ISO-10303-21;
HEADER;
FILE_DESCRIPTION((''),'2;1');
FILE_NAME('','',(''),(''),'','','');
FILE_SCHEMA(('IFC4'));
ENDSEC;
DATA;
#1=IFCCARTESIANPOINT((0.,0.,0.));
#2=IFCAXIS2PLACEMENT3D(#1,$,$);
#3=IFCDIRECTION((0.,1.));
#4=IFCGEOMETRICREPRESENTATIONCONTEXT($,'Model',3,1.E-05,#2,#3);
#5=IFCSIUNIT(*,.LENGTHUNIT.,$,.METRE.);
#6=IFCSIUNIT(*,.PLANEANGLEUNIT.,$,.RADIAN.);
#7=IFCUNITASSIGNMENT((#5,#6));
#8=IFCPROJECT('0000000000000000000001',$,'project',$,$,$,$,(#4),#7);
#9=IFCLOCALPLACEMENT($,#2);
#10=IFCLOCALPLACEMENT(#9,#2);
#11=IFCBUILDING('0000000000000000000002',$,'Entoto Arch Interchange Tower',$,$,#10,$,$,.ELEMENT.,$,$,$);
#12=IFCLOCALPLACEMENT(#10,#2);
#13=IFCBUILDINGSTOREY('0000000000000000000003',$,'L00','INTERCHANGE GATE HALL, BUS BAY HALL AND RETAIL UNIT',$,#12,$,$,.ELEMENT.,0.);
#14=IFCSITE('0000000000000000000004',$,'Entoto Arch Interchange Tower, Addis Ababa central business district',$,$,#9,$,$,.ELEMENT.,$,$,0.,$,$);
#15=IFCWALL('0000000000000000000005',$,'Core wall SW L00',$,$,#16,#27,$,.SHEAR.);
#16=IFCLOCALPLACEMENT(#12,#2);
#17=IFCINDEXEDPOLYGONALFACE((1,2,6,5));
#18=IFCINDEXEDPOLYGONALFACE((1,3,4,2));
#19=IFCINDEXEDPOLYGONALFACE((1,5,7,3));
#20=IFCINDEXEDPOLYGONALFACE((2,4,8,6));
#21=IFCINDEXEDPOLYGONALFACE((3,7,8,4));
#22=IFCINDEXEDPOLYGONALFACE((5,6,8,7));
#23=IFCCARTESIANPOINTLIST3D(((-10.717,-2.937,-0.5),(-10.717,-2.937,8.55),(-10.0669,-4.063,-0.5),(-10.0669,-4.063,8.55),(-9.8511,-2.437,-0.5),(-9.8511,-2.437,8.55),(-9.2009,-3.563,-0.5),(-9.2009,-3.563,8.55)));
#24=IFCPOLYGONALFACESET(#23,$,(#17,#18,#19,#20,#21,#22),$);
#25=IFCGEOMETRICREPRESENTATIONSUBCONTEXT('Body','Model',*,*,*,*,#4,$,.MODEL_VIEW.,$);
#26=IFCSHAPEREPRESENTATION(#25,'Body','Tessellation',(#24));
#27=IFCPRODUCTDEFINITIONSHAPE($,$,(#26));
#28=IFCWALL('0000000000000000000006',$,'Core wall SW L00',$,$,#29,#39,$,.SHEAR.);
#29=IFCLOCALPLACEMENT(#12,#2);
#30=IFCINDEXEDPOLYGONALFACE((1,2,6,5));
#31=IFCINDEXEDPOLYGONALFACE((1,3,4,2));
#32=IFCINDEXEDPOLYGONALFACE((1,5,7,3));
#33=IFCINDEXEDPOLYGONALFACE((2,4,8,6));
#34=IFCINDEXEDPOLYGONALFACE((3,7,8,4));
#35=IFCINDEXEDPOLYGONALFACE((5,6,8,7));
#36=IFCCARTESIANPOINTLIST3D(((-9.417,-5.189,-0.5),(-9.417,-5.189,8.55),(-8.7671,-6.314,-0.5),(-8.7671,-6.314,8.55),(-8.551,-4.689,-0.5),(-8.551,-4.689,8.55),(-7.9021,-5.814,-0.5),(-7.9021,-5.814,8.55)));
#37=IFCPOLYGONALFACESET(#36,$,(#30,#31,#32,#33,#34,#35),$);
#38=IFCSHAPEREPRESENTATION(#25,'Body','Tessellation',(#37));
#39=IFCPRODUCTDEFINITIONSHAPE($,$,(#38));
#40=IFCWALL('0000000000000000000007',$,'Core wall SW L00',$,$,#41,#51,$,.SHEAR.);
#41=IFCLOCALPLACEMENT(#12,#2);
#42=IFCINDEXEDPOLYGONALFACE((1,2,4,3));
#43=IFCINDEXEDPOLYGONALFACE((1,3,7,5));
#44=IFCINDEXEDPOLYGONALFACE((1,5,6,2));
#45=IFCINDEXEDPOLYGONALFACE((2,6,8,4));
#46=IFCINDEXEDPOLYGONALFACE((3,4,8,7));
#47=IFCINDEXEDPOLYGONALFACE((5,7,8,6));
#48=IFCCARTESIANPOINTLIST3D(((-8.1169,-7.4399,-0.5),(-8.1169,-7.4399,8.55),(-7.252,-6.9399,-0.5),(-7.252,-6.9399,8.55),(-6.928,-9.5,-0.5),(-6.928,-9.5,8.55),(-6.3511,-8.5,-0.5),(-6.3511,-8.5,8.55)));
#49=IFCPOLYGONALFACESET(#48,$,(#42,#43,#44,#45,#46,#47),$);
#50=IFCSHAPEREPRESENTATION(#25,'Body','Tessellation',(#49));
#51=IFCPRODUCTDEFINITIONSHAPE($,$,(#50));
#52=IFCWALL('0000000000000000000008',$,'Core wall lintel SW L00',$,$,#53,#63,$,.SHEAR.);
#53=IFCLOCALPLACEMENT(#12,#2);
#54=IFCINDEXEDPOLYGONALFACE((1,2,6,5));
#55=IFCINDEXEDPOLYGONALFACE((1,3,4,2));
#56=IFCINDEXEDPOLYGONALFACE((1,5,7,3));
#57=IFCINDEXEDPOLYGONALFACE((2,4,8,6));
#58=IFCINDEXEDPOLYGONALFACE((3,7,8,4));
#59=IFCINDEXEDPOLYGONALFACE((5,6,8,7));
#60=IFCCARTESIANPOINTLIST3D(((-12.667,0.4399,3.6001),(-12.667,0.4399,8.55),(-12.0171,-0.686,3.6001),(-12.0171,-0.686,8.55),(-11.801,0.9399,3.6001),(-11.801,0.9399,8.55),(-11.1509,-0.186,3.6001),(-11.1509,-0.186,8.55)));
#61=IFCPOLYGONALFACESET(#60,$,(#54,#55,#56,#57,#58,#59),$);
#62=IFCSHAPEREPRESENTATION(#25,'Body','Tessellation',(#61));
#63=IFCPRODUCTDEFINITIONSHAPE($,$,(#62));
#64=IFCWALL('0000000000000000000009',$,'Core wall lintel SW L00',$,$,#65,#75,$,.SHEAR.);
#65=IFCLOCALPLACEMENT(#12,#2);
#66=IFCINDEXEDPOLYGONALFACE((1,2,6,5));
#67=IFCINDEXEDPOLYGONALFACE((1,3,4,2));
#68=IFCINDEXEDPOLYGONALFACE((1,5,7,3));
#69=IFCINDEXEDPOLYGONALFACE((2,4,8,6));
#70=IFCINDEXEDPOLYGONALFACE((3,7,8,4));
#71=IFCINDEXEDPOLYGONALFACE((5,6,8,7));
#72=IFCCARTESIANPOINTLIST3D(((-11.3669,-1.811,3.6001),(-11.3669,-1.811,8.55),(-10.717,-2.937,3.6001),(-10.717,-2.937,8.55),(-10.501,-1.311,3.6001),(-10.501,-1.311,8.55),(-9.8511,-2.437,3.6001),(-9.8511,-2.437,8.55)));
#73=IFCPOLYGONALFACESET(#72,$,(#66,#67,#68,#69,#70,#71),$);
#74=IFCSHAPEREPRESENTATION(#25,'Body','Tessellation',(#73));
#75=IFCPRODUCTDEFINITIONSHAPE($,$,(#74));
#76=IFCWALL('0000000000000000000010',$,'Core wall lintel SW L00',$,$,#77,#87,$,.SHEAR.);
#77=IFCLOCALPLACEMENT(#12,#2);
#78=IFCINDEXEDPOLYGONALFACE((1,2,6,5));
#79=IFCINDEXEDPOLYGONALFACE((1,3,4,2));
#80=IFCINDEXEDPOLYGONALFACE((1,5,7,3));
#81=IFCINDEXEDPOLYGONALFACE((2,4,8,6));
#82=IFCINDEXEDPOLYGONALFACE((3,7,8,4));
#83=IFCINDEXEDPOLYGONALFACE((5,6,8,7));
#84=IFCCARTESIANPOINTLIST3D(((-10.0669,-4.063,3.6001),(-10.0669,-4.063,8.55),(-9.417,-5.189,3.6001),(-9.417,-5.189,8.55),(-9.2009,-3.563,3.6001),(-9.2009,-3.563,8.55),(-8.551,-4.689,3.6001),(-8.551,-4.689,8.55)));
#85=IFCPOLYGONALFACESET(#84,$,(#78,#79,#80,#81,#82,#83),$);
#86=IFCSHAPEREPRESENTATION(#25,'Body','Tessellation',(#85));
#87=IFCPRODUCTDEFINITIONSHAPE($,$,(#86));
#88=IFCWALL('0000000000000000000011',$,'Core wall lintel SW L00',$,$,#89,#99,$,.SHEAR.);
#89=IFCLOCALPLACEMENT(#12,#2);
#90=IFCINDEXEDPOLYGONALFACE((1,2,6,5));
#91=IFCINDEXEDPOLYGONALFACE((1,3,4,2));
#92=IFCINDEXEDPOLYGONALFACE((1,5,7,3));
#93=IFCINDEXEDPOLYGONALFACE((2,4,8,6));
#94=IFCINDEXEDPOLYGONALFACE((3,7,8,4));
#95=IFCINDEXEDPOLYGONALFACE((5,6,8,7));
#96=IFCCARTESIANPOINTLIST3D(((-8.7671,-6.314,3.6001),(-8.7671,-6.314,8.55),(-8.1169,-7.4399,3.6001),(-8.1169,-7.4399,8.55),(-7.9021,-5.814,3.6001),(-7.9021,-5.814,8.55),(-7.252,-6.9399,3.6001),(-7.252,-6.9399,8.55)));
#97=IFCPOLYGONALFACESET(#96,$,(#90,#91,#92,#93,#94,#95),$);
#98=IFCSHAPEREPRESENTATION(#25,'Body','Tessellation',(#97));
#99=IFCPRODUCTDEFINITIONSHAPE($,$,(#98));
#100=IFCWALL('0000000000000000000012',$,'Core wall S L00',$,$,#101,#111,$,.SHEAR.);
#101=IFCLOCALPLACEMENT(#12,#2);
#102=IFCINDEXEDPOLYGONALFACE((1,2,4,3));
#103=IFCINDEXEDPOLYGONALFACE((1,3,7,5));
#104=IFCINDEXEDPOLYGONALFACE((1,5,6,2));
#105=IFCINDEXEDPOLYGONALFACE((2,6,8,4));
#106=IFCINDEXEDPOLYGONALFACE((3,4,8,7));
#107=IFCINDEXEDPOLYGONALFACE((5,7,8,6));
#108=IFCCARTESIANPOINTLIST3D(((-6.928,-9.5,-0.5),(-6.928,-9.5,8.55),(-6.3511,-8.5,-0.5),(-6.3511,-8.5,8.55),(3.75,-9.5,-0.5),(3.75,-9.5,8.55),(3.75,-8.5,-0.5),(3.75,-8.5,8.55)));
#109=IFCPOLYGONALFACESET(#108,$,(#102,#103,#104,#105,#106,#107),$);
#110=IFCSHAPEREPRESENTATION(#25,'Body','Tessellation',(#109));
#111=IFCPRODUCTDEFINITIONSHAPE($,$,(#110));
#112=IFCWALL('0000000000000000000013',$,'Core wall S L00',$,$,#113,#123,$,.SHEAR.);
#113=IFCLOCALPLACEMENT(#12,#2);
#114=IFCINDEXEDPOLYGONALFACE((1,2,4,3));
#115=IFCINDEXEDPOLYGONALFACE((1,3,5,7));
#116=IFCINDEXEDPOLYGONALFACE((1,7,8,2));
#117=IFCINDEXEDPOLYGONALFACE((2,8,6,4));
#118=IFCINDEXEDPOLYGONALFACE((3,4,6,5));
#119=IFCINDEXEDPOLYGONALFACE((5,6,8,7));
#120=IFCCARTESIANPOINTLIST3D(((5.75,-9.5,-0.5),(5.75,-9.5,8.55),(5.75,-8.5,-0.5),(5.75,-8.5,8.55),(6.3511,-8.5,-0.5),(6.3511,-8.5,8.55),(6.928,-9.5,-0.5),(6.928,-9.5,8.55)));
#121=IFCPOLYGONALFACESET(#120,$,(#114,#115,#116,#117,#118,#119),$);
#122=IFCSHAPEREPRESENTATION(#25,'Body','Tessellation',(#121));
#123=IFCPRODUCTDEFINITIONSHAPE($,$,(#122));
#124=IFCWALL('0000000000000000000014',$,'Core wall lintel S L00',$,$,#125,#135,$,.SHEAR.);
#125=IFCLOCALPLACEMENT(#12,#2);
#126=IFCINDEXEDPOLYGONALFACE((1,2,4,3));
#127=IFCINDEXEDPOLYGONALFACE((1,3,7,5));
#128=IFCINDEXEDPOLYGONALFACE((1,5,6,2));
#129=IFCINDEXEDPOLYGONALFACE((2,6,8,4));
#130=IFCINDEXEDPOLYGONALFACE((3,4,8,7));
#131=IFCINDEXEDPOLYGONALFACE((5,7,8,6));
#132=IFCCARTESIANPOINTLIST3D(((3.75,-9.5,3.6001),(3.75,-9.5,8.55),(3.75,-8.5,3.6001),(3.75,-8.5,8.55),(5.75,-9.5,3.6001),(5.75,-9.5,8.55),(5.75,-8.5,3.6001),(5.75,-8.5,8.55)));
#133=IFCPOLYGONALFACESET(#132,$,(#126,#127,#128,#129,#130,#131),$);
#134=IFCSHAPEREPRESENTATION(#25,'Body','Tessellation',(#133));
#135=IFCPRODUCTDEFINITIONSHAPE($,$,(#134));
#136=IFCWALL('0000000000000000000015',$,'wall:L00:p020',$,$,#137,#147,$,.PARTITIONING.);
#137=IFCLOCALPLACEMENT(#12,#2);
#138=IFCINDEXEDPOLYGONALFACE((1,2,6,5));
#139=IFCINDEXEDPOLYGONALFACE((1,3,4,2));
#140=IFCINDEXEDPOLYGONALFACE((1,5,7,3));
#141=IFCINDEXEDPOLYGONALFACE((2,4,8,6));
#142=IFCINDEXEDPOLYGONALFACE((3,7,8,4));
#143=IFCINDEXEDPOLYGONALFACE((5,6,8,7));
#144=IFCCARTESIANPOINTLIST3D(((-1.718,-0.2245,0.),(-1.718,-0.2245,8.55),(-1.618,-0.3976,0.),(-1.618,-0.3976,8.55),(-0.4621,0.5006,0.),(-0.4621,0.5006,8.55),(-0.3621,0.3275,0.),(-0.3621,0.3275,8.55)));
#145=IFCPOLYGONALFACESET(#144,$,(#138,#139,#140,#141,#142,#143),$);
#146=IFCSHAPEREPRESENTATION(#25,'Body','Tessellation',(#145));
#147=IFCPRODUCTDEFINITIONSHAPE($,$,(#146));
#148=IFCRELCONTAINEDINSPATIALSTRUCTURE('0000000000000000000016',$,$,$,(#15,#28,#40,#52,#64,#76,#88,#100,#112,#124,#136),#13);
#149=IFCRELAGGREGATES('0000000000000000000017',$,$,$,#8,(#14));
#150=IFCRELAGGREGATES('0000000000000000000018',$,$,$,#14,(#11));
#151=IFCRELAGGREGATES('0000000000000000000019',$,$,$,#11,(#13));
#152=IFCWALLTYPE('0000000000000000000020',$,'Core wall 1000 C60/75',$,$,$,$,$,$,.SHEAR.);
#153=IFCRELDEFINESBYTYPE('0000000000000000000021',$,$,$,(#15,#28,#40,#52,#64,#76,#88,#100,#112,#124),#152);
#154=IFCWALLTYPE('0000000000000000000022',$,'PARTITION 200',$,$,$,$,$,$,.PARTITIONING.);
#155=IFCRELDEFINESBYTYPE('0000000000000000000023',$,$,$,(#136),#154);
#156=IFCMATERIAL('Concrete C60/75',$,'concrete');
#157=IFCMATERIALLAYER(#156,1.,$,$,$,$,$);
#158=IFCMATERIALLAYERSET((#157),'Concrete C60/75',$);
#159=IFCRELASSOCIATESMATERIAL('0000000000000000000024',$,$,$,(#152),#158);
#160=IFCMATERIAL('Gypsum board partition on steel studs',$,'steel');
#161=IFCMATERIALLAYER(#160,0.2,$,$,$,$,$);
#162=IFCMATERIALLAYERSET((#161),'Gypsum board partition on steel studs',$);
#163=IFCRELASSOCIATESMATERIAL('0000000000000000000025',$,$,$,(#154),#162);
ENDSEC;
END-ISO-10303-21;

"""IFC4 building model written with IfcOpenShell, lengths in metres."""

from ifc_helpers import new_model, si_unit, direction, frame, frame_2d, origin, place, context, subcontext, project, spatial, polyline, rectangle, outline, extrude, material, layer, layer_set, type_object, element, save


model = new_model("IFC4")

# Units and contexts
model_context = context("Model", 3, precision=1e-05, world=origin(), true_north=direction((0.0, 1.0)))
body_context = subcontext(model_context, "Body", "Model", "MODEL_VIEW")
ifc_project = project(units=[si_unit("LENGTHUNIT", "METRE"), si_unit("PLANEANGLEUNIT", "RADIAN")], contexts=[model_context])

# Site, building, storey
site_placement = place(None, origin())
site = spatial("IfcSite", under=ifc_project, at=site_placement, Name="Entoto Arch Interchange Tower, Addis Ababa central business district", CompositionType="ELEMENT", RefElevation=0.0)
building_placement = place(site_placement, origin())
building = spatial("IfcBuilding", under=site, at=building_placement, Name="Entoto Arch Interchange Tower", CompositionType="ELEMENT")
storey_placement = place(building_placement, origin())
storey = spatial("IfcBuildingStorey", under=building, at=storey_placement, Name="L00", Description="INTERCHANGE GATE HALL, BUS BAY HALL AND RETAIL UNIT", CompositionType="ELEMENT", Elevation=0.0)

# Walls
ifc_material_1 = material(Name="Concrete C60/75", Category="concrete")
ifc_layer_1 = layer(ifc_material_1, 1.0)
ifc_layer_set_1 = layer_set([ifc_layer_1], Name="Concrete C60/75")
wall_type_1 = type_object("IfcWallType", Name="Core wall 1000 C60/75", PredefinedType="SHEAR", material=ifc_layer_set_1)
wall_1_placement = place(storey_placement, frame((0.0, 0.0, -0.5)))
element("IfcWall", 1, at=wall_1_placement, inside=storey, type_object=wall_type_1, Name="Core wall SW L00", PredefinedType="SHEAR", context=body_context, shape_type="SweptSolid", body=[
    extrude(outline(polyline([(-10.0669, -4.063), (-9.2009, -3.563), (-9.8511, -2.437), (-10.717, -2.937), (-10.0669, -4.063)])), origin(), (0.0, 0.0, 1.0), 9.05),
])
wall_2_placement = place(storey_placement, frame((0.0, 0.0, -0.5)))
element("IfcWall", 2, at=wall_2_placement, inside=storey, type_object=wall_type_1, Name="Core wall SW L00", PredefinedType="SHEAR", context=body_context, shape_type="SweptSolid", body=[
    extrude(outline(polyline([(-8.7671, -6.314), (-7.9021, -5.814), (-8.551, -4.689), (-9.417, -5.189), (-8.7671, -6.314)])), origin(), (0.0, 0.0, 1.0), 9.05),
])
wall_3_placement = place(storey_placement, frame((0.0, 0.0, -0.5)))
element("IfcWall", 3, at=wall_3_placement, inside=storey, type_object=wall_type_1, Name="Core wall SW L00", PredefinedType="SHEAR", context=body_context, shape_type="SweptSolid", body=[
    extrude(outline(polyline([(-7.252, -6.9399), (-8.1169, -7.4399), (-6.928, -9.5), (-6.3511, -8.5), (-7.252, -6.9399)])), origin(), (0.0, 0.0, 1.0), 9.05),
])
wall_4_placement = place(storey_placement, frame((0.0, 0.0, 3.6001)))
element("IfcWall", 4, at=wall_4_placement, inside=storey, type_object=wall_type_1, Name="Core wall lintel SW L00", PredefinedType="SHEAR", context=body_context, shape_type="SweptSolid", body=[
    extrude(outline(polyline([(-12.0171, -0.686), (-11.1509, -0.186), (-11.801, 0.9399), (-12.667, 0.4399), (-12.0171, -0.686)])), origin(), (0.0, 0.0, 1.0), 4.95),
])
wall_5_placement = place(storey_placement, frame((0.0, 0.0, 3.6001)))
element("IfcWall", 5, at=wall_5_placement, inside=storey, type_object=wall_type_1, Name="Core wall lintel SW L00", PredefinedType="SHEAR", context=body_context, shape_type="SweptSolid", body=[
    extrude(outline(polyline([(-10.717, -2.937), (-9.8511, -2.437), (-10.501, -1.311), (-11.3669, -1.811), (-10.717, -2.937)])), origin(), (0.0, 0.0, 1.0), 4.95),
])
wall_6_placement = place(storey_placement, frame((0.0, 0.0, 3.6001)))
element("IfcWall", 6, at=wall_6_placement, inside=storey, type_object=wall_type_1, Name="Core wall lintel SW L00", PredefinedType="SHEAR", context=body_context, shape_type="SweptSolid", body=[
    extrude(outline(polyline([(-9.417, -5.189), (-8.551, -4.689), (-9.2009, -3.563), (-10.0669, -4.063), (-9.417, -5.189)])), origin(), (0.0, 0.0, 1.0), 4.95),
])
wall_7_placement = place(storey_placement, frame((0.0, 0.0, 3.6001)))
element("IfcWall", 7, at=wall_7_placement, inside=storey, type_object=wall_type_1, Name="Core wall lintel SW L00", PredefinedType="SHEAR", context=body_context, shape_type="SweptSolid", body=[
    extrude(outline(polyline([(-8.1169, -7.4399), (-7.252, -6.9399), (-7.9021, -5.814), (-8.7671, -6.314), (-8.1169, -7.4399)])), origin(), (0.0, 0.0, 1.0), 4.95),
])
wall_8_placement = place(storey_placement, frame((0.0, 0.0, -0.5)))
element("IfcWall", 8, at=wall_8_placement, inside=storey, type_object=wall_type_1, Name="Core wall S L00", PredefinedType="SHEAR", context=body_context, shape_type="SweptSolid", body=[
    extrude(outline(polyline([(3.75, -9.5), (3.75, -8.5), (-6.3511, -8.5), (-6.928, -9.5), (3.75, -9.5)])), origin(), (0.0, 0.0, 1.0), 9.05),
])
wall_9_placement = place(storey_placement, frame((0.0, 0.0, -0.5)))
element("IfcWall", 9, at=wall_9_placement, inside=storey, type_object=wall_type_1, Name="Core wall S L00", PredefinedType="SHEAR", context=body_context, shape_type="SweptSolid", body=[
    extrude(outline(polyline([(5.75, -8.5), (5.75, -9.5), (6.928, -9.5), (6.3511, -8.5), (5.75, -8.5)])), origin(), (0.0, 0.0, 1.0), 9.05),
])
wall_10_placement = place(storey_placement, frame((0.0, 0.0, 3.6001)))
element("IfcWall", 10, at=wall_10_placement, inside=storey, type_object=wall_type_1, Name="Core wall lintel S L00", PredefinedType="SHEAR", context=body_context, shape_type="SweptSolid", body=[
    extrude(outline(polyline([(5.75, -9.5), (5.75, -8.5), (3.75, -8.5), (3.75, -9.5), (5.75, -9.5)])), origin(), (0.0, 0.0, 1.0), 4.95),
])
ifc_material_2 = material(Name="Gypsum board partition on steel studs", Category="steel")
ifc_layer_2 = layer(ifc_material_2, 0.2)
ifc_layer_set_2 = layer_set([ifc_layer_2], Name="Gypsum board partition on steel studs")
wall_type_2 = type_object("IfcWallType", Name="PARTITION 200", PredefinedType="PARTITIONING", material=ifc_layer_set_2)
wall_11_placement = place(storey_placement, frame((-0.4121, 0.4141, 0.0), z_axis=(0.0, 0.0, 1.0), x_axis=(-0.866017, -0.500014, 0.0)))
element("IfcWall", 11, at=wall_11_placement, inside=storey, type_object=wall_type_2, Name="wall:L00:p020", PredefinedType="PARTITIONING", context=body_context, shape_type="SweptSolid", body=[
    extrude(rectangle(XDim=1.4502, YDim=0.2, at=frame_2d((0.7251, 0.0))), origin(), (0.0, 0.0, 1.0), 8.55),
])

save(model, "model.ifc")
